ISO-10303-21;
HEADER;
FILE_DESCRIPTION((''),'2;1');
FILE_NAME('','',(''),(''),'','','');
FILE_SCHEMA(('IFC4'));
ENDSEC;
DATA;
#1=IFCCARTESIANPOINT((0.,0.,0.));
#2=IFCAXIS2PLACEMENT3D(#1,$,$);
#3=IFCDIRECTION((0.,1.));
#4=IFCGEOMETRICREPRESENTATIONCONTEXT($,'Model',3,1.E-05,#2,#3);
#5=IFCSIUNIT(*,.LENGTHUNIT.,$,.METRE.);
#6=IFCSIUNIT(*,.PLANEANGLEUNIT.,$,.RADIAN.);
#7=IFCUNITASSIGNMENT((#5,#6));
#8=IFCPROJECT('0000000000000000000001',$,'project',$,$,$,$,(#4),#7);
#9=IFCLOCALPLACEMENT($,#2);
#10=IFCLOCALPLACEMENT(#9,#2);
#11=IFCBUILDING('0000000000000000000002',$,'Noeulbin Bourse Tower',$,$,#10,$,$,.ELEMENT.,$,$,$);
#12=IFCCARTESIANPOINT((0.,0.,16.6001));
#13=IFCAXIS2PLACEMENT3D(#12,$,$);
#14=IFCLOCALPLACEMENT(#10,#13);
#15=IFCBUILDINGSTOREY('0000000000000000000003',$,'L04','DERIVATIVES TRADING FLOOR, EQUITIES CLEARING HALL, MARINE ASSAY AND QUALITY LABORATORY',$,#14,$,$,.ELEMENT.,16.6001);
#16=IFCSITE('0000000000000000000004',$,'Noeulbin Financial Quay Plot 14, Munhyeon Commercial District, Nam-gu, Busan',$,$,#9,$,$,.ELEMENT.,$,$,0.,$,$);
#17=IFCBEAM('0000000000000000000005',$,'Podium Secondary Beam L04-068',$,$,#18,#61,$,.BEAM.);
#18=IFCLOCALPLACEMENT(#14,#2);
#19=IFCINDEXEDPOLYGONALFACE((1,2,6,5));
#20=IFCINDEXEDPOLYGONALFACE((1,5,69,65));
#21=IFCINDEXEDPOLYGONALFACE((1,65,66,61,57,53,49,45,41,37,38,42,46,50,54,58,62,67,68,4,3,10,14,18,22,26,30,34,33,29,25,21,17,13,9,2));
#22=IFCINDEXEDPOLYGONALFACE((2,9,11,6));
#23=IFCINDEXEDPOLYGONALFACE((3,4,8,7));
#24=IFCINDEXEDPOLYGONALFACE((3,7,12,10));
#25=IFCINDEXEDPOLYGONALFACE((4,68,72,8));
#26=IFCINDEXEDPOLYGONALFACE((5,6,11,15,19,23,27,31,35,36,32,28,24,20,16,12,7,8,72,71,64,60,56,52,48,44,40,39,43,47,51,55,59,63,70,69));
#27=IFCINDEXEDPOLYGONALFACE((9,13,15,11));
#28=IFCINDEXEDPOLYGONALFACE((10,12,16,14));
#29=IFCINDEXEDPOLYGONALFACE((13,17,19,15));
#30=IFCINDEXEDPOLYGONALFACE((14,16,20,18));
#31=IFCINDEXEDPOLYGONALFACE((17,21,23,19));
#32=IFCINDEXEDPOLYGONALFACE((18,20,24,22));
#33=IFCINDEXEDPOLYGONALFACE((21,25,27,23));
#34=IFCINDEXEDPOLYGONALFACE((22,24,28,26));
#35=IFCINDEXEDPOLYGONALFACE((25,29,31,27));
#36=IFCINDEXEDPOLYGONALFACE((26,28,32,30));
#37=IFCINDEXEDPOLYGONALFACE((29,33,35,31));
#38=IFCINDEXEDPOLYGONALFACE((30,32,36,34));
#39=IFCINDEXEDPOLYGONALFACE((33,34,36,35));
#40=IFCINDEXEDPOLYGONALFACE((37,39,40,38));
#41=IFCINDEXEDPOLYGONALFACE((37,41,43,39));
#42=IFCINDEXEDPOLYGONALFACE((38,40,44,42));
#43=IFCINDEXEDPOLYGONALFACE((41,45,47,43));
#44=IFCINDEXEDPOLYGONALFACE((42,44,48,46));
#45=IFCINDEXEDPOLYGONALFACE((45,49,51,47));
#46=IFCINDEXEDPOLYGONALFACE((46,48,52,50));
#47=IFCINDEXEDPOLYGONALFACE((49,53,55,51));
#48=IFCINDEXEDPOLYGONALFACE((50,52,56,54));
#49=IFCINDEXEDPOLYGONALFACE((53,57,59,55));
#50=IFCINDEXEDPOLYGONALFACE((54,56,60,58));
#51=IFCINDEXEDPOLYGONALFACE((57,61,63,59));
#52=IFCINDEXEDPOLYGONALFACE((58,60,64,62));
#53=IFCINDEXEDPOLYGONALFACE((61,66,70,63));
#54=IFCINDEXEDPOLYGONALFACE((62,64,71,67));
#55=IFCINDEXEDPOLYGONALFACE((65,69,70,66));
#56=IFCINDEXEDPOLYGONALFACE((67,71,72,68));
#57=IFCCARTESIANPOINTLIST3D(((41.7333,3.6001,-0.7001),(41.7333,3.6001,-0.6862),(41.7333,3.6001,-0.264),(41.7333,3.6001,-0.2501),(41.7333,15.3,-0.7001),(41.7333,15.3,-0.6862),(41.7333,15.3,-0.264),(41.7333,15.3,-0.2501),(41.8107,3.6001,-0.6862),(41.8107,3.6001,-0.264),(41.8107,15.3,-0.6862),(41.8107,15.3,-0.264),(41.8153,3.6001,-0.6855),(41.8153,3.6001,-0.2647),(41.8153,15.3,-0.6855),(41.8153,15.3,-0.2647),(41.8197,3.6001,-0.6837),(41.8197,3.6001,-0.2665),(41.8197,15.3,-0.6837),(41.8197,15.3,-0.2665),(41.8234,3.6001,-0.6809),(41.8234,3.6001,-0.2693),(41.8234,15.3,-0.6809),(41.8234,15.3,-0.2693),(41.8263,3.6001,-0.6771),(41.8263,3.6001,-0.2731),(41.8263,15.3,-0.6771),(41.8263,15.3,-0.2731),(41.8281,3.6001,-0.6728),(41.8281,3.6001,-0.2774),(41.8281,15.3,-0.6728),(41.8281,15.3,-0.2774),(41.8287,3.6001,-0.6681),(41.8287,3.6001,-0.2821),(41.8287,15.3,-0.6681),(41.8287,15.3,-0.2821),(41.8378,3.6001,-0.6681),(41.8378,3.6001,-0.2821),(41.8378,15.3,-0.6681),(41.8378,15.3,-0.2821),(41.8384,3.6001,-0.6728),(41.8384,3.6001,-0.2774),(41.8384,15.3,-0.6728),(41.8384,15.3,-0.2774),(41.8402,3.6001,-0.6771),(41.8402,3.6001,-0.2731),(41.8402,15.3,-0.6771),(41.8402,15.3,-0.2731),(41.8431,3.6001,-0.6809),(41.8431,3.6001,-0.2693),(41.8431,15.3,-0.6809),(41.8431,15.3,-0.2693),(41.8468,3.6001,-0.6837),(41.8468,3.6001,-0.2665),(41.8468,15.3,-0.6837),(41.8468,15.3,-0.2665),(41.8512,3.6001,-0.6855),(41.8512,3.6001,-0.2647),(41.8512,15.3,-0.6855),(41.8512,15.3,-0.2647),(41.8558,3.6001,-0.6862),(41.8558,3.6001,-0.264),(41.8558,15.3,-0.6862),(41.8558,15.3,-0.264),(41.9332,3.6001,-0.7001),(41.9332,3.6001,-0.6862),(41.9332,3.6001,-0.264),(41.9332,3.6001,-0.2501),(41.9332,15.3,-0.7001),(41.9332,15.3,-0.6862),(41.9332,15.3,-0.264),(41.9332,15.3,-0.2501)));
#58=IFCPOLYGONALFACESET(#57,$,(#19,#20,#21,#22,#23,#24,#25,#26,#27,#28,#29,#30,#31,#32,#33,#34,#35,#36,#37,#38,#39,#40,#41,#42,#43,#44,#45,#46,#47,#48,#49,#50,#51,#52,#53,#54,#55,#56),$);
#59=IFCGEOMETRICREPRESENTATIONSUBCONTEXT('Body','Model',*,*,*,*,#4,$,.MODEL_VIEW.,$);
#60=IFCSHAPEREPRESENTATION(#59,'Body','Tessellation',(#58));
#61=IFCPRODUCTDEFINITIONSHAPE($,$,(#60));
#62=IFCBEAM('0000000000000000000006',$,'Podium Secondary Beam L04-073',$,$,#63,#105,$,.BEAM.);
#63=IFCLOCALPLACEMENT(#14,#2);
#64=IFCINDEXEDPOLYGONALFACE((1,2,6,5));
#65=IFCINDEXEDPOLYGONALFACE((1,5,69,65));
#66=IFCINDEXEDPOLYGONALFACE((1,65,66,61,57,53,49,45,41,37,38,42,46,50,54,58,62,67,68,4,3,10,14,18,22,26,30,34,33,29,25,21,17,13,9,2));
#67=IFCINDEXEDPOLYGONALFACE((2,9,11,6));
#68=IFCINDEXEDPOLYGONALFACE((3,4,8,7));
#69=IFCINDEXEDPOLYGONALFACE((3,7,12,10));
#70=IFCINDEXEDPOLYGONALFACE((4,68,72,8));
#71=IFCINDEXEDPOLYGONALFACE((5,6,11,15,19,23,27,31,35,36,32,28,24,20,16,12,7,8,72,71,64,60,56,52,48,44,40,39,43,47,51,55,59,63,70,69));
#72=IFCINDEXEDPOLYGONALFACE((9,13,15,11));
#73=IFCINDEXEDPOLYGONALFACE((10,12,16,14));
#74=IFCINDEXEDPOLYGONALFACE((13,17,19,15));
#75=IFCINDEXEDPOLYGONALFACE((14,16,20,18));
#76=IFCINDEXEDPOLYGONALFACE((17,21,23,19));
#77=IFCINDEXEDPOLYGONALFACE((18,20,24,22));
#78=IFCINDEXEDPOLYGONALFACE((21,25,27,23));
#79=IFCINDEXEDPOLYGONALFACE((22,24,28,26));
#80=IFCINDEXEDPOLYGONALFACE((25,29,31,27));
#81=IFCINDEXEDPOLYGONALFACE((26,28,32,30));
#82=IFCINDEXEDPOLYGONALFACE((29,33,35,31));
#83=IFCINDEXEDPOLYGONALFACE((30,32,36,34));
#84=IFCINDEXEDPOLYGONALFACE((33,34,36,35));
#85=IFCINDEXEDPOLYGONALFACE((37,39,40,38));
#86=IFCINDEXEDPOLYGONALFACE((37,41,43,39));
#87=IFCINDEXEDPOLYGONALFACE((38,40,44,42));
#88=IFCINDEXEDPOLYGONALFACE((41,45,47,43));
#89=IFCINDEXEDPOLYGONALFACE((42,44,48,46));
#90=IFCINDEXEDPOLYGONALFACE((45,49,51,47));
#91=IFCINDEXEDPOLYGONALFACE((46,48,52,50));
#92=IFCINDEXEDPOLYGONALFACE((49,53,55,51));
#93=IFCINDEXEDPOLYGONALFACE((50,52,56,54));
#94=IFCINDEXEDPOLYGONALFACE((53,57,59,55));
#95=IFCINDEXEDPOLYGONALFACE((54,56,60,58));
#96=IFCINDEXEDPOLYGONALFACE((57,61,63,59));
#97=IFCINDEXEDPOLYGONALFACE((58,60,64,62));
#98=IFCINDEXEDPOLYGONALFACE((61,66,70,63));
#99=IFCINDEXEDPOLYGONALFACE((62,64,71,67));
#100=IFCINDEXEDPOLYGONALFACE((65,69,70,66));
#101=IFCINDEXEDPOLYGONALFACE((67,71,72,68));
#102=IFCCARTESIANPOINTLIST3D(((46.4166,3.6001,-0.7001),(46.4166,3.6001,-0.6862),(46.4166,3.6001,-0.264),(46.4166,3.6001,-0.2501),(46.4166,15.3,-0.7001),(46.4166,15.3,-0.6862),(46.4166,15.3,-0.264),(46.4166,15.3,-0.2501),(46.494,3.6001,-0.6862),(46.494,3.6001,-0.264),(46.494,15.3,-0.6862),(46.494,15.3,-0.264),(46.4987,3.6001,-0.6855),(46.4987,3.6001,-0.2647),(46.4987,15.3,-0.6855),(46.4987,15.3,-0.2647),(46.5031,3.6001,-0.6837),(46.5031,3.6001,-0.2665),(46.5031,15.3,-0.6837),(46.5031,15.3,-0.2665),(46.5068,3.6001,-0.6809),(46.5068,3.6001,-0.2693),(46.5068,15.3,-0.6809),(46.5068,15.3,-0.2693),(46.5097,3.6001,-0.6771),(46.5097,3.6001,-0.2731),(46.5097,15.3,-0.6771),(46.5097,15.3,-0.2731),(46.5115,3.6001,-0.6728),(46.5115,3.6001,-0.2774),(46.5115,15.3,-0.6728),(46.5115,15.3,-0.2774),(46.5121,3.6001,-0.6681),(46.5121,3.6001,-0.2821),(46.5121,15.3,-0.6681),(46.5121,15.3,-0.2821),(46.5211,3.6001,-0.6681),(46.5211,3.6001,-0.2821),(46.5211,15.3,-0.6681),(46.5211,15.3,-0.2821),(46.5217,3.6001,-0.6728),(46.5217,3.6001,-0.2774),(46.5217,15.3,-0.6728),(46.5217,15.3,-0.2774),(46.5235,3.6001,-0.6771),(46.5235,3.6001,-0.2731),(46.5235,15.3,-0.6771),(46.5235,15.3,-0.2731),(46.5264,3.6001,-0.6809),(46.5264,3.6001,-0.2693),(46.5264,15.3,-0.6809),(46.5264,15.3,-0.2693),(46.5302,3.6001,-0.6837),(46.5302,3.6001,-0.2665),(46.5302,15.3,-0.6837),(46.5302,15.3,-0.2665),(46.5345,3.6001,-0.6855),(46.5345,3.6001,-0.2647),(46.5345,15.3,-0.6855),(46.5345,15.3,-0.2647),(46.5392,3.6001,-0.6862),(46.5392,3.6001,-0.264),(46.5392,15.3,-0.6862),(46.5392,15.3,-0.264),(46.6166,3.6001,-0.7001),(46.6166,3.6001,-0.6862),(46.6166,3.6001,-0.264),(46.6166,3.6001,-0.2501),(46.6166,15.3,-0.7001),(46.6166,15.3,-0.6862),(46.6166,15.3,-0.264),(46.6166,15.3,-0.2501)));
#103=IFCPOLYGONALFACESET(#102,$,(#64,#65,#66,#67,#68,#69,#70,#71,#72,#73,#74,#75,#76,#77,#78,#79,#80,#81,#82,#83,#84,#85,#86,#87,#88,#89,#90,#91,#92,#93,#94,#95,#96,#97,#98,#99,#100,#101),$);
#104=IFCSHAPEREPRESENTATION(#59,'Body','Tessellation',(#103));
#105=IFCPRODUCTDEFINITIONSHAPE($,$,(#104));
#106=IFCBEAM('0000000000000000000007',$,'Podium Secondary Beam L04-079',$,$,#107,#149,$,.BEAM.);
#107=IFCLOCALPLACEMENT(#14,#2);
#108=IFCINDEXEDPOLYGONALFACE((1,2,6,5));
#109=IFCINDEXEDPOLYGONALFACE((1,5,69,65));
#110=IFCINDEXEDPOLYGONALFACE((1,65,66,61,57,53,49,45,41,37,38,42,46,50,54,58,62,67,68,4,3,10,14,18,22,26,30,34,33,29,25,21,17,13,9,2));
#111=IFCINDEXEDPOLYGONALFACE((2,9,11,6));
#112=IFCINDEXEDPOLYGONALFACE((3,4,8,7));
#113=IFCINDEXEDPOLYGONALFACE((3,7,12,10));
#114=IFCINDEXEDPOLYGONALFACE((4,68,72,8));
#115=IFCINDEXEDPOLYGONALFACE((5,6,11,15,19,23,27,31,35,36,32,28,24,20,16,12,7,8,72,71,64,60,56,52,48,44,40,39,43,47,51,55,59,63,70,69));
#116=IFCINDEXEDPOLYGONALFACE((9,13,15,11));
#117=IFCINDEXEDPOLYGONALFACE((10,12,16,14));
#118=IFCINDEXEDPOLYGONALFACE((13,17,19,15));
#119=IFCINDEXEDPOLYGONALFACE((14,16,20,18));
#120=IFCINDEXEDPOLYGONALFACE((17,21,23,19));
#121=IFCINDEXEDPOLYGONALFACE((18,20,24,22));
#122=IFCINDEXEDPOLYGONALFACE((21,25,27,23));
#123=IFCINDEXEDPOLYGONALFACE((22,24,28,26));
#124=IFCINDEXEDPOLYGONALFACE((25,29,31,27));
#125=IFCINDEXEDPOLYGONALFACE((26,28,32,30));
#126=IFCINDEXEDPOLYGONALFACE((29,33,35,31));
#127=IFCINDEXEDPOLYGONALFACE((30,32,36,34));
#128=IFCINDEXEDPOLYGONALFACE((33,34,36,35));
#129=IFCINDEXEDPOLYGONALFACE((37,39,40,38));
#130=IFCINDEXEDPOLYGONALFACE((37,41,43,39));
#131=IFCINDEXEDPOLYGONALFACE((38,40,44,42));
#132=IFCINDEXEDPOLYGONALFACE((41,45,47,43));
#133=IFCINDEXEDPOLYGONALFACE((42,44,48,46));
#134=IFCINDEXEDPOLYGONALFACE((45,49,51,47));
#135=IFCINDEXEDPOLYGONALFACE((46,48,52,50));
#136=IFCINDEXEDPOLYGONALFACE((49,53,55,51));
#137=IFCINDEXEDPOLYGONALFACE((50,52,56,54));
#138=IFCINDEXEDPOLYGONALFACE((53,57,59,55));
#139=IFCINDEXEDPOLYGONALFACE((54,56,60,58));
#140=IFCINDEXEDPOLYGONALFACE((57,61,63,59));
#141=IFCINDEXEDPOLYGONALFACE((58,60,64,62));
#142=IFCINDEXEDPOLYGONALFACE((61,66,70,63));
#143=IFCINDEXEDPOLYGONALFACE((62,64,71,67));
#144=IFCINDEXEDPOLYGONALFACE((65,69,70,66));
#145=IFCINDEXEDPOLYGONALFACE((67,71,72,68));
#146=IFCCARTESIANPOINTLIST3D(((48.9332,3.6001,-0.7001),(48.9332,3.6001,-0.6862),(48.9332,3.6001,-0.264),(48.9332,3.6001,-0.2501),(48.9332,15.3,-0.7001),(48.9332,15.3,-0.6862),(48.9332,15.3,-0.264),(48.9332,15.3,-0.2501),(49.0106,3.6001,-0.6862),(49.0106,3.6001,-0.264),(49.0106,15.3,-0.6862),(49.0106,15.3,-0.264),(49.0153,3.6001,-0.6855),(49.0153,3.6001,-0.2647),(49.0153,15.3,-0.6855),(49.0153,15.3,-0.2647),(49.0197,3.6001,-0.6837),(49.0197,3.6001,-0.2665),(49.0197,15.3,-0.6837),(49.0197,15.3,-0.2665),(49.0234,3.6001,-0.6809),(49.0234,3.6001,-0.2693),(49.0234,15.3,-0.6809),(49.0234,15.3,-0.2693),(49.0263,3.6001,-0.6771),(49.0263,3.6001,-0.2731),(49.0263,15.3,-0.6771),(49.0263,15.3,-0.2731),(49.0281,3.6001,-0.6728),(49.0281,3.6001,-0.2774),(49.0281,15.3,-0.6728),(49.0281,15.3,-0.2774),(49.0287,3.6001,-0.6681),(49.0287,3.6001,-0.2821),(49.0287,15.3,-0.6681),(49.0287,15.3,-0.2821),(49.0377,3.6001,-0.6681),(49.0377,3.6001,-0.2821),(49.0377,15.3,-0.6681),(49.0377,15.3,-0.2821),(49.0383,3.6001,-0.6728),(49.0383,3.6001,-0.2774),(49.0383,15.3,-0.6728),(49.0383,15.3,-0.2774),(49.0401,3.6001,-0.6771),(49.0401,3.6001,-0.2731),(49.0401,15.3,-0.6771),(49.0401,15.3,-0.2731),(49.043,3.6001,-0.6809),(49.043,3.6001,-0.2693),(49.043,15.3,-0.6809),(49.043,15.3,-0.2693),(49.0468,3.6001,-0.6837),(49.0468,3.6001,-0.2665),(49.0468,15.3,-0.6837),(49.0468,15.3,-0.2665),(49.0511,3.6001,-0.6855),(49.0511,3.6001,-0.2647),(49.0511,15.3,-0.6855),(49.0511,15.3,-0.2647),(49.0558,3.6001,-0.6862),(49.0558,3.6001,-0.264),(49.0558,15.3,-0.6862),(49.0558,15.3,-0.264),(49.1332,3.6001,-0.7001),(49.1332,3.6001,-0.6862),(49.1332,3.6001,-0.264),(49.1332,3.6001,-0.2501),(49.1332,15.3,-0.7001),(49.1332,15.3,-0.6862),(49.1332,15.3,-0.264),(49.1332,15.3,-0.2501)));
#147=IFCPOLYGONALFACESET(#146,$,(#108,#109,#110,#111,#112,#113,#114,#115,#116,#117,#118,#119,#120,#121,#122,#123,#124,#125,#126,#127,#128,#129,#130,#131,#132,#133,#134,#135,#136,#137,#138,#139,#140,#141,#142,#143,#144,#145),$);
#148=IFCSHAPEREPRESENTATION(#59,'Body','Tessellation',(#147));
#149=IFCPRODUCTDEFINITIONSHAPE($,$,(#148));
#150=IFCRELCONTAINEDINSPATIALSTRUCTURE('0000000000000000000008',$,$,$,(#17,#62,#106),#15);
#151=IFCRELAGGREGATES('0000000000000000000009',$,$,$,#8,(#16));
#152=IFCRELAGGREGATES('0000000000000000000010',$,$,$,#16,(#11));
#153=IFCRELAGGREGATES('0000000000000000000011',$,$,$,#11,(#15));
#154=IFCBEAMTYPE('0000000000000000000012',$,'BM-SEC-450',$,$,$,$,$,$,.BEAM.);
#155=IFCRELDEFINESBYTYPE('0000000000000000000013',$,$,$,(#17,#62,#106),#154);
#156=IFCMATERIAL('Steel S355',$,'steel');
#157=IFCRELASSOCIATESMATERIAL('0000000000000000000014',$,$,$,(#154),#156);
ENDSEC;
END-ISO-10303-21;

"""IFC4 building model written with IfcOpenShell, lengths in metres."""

from ifc_helpers import new_model, si_unit, direction, frame, origin, origin_2d, place, context, subcontext, project, spatial, i_section, extrude, material, material_profile, profile_set, type_object, element, save


model = new_model("IFC4")

# Units and contexts
model_context = context("Model", 3, precision=1e-05, world=origin(), true_north=direction((0.0, 1.0)))
body_context = subcontext(model_context, "Body", "Model", "MODEL_VIEW")
ifc_project = project(units=[si_unit("LENGTHUNIT", "METRE"), si_unit("PLANEANGLEUNIT", "RADIAN")], contexts=[model_context])

# Site, building, storey
site_placement = place(None, origin())
site = spatial("IfcSite", under=ifc_project, at=site_placement, Name="Noeulbin Financial Quay Plot 14, Munhyeon Commercial District, Nam-gu, Busan", CompositionType="ELEMENT", RefElevation=0.0)
building_placement = place(site_placement, origin())
building = spatial("IfcBuilding", under=site, at=building_placement, Name="Noeulbin Bourse Tower", CompositionType="ELEMENT")
storey_placement = place(building_placement, frame((0.0, 0.0, 16.6001)))
storey = spatial("IfcBuildingStorey", under=building, at=storey_placement, Name="L04", Description="DERIVATIVES TRADING FLOOR, EQUITIES CLEARING HALL, MARINE ASSAY AND QUALITY LABORATORY", CompositionType="ELEMENT", Elevation=16.6001)

# Beams
ifc_material_1 = material(Name="Steel S355", Category="steel")
ifc_material_profile_1 = material_profile(ifc_material_1, i_section(OverallWidth=0.2, OverallDepth=0.45, WebThickness=0.009, FlangeThickness=0.0139, FilletRadius=0.0181, at=origin_2d()), Name="H-450x200x9x14", Category="LoadBearing")
ifc_profile_set_1 = profile_set([ifc_material_profile_1], Name="Steel S355")
beam_type_1 = type_object("IfcBeamType", Name="BM-SEC-450", PredefinedType="BEAM", material=ifc_profile_set_1)
for number, where, z_axis, x_axis, name in (
    (1, (41.8333, 3.6001, -0.4751), (0.0, 1.0, 0.0), (-1.0, 0.0, 0.0), "Podium Secondary Beam L04-068"),
    (2, (46.5166, 3.6001, -0.4751), (0.0, 1.0, 0.0), (-1.0, 0.0, 0.0), "Podium Secondary Beam L04-073"),
    (3, (49.0332, 3.6001, -0.4751), (0.0, 1.0, 0.0), (-1.0, 0.0, 0.0), "Podium Secondary Beam L04-079"),
):
    element("IfcBeam", number, at=place(storey_placement, frame(where, z_axis=z_axis, x_axis=x_axis)), inside=storey, type_object=beam_type_1, Name=name, PredefinedType="BEAM", context=body_context, shape_type="SweptSolid", body=[
        extrude(i_section(OverallWidth=0.2, OverallDepth=0.45, WebThickness=0.009, FlangeThickness=0.0139, FilletRadius=0.0181, at=origin_2d()), origin(), (0.0, 0.0, 1.0), 11.7),
    ])

save(model, "model.ifc")
